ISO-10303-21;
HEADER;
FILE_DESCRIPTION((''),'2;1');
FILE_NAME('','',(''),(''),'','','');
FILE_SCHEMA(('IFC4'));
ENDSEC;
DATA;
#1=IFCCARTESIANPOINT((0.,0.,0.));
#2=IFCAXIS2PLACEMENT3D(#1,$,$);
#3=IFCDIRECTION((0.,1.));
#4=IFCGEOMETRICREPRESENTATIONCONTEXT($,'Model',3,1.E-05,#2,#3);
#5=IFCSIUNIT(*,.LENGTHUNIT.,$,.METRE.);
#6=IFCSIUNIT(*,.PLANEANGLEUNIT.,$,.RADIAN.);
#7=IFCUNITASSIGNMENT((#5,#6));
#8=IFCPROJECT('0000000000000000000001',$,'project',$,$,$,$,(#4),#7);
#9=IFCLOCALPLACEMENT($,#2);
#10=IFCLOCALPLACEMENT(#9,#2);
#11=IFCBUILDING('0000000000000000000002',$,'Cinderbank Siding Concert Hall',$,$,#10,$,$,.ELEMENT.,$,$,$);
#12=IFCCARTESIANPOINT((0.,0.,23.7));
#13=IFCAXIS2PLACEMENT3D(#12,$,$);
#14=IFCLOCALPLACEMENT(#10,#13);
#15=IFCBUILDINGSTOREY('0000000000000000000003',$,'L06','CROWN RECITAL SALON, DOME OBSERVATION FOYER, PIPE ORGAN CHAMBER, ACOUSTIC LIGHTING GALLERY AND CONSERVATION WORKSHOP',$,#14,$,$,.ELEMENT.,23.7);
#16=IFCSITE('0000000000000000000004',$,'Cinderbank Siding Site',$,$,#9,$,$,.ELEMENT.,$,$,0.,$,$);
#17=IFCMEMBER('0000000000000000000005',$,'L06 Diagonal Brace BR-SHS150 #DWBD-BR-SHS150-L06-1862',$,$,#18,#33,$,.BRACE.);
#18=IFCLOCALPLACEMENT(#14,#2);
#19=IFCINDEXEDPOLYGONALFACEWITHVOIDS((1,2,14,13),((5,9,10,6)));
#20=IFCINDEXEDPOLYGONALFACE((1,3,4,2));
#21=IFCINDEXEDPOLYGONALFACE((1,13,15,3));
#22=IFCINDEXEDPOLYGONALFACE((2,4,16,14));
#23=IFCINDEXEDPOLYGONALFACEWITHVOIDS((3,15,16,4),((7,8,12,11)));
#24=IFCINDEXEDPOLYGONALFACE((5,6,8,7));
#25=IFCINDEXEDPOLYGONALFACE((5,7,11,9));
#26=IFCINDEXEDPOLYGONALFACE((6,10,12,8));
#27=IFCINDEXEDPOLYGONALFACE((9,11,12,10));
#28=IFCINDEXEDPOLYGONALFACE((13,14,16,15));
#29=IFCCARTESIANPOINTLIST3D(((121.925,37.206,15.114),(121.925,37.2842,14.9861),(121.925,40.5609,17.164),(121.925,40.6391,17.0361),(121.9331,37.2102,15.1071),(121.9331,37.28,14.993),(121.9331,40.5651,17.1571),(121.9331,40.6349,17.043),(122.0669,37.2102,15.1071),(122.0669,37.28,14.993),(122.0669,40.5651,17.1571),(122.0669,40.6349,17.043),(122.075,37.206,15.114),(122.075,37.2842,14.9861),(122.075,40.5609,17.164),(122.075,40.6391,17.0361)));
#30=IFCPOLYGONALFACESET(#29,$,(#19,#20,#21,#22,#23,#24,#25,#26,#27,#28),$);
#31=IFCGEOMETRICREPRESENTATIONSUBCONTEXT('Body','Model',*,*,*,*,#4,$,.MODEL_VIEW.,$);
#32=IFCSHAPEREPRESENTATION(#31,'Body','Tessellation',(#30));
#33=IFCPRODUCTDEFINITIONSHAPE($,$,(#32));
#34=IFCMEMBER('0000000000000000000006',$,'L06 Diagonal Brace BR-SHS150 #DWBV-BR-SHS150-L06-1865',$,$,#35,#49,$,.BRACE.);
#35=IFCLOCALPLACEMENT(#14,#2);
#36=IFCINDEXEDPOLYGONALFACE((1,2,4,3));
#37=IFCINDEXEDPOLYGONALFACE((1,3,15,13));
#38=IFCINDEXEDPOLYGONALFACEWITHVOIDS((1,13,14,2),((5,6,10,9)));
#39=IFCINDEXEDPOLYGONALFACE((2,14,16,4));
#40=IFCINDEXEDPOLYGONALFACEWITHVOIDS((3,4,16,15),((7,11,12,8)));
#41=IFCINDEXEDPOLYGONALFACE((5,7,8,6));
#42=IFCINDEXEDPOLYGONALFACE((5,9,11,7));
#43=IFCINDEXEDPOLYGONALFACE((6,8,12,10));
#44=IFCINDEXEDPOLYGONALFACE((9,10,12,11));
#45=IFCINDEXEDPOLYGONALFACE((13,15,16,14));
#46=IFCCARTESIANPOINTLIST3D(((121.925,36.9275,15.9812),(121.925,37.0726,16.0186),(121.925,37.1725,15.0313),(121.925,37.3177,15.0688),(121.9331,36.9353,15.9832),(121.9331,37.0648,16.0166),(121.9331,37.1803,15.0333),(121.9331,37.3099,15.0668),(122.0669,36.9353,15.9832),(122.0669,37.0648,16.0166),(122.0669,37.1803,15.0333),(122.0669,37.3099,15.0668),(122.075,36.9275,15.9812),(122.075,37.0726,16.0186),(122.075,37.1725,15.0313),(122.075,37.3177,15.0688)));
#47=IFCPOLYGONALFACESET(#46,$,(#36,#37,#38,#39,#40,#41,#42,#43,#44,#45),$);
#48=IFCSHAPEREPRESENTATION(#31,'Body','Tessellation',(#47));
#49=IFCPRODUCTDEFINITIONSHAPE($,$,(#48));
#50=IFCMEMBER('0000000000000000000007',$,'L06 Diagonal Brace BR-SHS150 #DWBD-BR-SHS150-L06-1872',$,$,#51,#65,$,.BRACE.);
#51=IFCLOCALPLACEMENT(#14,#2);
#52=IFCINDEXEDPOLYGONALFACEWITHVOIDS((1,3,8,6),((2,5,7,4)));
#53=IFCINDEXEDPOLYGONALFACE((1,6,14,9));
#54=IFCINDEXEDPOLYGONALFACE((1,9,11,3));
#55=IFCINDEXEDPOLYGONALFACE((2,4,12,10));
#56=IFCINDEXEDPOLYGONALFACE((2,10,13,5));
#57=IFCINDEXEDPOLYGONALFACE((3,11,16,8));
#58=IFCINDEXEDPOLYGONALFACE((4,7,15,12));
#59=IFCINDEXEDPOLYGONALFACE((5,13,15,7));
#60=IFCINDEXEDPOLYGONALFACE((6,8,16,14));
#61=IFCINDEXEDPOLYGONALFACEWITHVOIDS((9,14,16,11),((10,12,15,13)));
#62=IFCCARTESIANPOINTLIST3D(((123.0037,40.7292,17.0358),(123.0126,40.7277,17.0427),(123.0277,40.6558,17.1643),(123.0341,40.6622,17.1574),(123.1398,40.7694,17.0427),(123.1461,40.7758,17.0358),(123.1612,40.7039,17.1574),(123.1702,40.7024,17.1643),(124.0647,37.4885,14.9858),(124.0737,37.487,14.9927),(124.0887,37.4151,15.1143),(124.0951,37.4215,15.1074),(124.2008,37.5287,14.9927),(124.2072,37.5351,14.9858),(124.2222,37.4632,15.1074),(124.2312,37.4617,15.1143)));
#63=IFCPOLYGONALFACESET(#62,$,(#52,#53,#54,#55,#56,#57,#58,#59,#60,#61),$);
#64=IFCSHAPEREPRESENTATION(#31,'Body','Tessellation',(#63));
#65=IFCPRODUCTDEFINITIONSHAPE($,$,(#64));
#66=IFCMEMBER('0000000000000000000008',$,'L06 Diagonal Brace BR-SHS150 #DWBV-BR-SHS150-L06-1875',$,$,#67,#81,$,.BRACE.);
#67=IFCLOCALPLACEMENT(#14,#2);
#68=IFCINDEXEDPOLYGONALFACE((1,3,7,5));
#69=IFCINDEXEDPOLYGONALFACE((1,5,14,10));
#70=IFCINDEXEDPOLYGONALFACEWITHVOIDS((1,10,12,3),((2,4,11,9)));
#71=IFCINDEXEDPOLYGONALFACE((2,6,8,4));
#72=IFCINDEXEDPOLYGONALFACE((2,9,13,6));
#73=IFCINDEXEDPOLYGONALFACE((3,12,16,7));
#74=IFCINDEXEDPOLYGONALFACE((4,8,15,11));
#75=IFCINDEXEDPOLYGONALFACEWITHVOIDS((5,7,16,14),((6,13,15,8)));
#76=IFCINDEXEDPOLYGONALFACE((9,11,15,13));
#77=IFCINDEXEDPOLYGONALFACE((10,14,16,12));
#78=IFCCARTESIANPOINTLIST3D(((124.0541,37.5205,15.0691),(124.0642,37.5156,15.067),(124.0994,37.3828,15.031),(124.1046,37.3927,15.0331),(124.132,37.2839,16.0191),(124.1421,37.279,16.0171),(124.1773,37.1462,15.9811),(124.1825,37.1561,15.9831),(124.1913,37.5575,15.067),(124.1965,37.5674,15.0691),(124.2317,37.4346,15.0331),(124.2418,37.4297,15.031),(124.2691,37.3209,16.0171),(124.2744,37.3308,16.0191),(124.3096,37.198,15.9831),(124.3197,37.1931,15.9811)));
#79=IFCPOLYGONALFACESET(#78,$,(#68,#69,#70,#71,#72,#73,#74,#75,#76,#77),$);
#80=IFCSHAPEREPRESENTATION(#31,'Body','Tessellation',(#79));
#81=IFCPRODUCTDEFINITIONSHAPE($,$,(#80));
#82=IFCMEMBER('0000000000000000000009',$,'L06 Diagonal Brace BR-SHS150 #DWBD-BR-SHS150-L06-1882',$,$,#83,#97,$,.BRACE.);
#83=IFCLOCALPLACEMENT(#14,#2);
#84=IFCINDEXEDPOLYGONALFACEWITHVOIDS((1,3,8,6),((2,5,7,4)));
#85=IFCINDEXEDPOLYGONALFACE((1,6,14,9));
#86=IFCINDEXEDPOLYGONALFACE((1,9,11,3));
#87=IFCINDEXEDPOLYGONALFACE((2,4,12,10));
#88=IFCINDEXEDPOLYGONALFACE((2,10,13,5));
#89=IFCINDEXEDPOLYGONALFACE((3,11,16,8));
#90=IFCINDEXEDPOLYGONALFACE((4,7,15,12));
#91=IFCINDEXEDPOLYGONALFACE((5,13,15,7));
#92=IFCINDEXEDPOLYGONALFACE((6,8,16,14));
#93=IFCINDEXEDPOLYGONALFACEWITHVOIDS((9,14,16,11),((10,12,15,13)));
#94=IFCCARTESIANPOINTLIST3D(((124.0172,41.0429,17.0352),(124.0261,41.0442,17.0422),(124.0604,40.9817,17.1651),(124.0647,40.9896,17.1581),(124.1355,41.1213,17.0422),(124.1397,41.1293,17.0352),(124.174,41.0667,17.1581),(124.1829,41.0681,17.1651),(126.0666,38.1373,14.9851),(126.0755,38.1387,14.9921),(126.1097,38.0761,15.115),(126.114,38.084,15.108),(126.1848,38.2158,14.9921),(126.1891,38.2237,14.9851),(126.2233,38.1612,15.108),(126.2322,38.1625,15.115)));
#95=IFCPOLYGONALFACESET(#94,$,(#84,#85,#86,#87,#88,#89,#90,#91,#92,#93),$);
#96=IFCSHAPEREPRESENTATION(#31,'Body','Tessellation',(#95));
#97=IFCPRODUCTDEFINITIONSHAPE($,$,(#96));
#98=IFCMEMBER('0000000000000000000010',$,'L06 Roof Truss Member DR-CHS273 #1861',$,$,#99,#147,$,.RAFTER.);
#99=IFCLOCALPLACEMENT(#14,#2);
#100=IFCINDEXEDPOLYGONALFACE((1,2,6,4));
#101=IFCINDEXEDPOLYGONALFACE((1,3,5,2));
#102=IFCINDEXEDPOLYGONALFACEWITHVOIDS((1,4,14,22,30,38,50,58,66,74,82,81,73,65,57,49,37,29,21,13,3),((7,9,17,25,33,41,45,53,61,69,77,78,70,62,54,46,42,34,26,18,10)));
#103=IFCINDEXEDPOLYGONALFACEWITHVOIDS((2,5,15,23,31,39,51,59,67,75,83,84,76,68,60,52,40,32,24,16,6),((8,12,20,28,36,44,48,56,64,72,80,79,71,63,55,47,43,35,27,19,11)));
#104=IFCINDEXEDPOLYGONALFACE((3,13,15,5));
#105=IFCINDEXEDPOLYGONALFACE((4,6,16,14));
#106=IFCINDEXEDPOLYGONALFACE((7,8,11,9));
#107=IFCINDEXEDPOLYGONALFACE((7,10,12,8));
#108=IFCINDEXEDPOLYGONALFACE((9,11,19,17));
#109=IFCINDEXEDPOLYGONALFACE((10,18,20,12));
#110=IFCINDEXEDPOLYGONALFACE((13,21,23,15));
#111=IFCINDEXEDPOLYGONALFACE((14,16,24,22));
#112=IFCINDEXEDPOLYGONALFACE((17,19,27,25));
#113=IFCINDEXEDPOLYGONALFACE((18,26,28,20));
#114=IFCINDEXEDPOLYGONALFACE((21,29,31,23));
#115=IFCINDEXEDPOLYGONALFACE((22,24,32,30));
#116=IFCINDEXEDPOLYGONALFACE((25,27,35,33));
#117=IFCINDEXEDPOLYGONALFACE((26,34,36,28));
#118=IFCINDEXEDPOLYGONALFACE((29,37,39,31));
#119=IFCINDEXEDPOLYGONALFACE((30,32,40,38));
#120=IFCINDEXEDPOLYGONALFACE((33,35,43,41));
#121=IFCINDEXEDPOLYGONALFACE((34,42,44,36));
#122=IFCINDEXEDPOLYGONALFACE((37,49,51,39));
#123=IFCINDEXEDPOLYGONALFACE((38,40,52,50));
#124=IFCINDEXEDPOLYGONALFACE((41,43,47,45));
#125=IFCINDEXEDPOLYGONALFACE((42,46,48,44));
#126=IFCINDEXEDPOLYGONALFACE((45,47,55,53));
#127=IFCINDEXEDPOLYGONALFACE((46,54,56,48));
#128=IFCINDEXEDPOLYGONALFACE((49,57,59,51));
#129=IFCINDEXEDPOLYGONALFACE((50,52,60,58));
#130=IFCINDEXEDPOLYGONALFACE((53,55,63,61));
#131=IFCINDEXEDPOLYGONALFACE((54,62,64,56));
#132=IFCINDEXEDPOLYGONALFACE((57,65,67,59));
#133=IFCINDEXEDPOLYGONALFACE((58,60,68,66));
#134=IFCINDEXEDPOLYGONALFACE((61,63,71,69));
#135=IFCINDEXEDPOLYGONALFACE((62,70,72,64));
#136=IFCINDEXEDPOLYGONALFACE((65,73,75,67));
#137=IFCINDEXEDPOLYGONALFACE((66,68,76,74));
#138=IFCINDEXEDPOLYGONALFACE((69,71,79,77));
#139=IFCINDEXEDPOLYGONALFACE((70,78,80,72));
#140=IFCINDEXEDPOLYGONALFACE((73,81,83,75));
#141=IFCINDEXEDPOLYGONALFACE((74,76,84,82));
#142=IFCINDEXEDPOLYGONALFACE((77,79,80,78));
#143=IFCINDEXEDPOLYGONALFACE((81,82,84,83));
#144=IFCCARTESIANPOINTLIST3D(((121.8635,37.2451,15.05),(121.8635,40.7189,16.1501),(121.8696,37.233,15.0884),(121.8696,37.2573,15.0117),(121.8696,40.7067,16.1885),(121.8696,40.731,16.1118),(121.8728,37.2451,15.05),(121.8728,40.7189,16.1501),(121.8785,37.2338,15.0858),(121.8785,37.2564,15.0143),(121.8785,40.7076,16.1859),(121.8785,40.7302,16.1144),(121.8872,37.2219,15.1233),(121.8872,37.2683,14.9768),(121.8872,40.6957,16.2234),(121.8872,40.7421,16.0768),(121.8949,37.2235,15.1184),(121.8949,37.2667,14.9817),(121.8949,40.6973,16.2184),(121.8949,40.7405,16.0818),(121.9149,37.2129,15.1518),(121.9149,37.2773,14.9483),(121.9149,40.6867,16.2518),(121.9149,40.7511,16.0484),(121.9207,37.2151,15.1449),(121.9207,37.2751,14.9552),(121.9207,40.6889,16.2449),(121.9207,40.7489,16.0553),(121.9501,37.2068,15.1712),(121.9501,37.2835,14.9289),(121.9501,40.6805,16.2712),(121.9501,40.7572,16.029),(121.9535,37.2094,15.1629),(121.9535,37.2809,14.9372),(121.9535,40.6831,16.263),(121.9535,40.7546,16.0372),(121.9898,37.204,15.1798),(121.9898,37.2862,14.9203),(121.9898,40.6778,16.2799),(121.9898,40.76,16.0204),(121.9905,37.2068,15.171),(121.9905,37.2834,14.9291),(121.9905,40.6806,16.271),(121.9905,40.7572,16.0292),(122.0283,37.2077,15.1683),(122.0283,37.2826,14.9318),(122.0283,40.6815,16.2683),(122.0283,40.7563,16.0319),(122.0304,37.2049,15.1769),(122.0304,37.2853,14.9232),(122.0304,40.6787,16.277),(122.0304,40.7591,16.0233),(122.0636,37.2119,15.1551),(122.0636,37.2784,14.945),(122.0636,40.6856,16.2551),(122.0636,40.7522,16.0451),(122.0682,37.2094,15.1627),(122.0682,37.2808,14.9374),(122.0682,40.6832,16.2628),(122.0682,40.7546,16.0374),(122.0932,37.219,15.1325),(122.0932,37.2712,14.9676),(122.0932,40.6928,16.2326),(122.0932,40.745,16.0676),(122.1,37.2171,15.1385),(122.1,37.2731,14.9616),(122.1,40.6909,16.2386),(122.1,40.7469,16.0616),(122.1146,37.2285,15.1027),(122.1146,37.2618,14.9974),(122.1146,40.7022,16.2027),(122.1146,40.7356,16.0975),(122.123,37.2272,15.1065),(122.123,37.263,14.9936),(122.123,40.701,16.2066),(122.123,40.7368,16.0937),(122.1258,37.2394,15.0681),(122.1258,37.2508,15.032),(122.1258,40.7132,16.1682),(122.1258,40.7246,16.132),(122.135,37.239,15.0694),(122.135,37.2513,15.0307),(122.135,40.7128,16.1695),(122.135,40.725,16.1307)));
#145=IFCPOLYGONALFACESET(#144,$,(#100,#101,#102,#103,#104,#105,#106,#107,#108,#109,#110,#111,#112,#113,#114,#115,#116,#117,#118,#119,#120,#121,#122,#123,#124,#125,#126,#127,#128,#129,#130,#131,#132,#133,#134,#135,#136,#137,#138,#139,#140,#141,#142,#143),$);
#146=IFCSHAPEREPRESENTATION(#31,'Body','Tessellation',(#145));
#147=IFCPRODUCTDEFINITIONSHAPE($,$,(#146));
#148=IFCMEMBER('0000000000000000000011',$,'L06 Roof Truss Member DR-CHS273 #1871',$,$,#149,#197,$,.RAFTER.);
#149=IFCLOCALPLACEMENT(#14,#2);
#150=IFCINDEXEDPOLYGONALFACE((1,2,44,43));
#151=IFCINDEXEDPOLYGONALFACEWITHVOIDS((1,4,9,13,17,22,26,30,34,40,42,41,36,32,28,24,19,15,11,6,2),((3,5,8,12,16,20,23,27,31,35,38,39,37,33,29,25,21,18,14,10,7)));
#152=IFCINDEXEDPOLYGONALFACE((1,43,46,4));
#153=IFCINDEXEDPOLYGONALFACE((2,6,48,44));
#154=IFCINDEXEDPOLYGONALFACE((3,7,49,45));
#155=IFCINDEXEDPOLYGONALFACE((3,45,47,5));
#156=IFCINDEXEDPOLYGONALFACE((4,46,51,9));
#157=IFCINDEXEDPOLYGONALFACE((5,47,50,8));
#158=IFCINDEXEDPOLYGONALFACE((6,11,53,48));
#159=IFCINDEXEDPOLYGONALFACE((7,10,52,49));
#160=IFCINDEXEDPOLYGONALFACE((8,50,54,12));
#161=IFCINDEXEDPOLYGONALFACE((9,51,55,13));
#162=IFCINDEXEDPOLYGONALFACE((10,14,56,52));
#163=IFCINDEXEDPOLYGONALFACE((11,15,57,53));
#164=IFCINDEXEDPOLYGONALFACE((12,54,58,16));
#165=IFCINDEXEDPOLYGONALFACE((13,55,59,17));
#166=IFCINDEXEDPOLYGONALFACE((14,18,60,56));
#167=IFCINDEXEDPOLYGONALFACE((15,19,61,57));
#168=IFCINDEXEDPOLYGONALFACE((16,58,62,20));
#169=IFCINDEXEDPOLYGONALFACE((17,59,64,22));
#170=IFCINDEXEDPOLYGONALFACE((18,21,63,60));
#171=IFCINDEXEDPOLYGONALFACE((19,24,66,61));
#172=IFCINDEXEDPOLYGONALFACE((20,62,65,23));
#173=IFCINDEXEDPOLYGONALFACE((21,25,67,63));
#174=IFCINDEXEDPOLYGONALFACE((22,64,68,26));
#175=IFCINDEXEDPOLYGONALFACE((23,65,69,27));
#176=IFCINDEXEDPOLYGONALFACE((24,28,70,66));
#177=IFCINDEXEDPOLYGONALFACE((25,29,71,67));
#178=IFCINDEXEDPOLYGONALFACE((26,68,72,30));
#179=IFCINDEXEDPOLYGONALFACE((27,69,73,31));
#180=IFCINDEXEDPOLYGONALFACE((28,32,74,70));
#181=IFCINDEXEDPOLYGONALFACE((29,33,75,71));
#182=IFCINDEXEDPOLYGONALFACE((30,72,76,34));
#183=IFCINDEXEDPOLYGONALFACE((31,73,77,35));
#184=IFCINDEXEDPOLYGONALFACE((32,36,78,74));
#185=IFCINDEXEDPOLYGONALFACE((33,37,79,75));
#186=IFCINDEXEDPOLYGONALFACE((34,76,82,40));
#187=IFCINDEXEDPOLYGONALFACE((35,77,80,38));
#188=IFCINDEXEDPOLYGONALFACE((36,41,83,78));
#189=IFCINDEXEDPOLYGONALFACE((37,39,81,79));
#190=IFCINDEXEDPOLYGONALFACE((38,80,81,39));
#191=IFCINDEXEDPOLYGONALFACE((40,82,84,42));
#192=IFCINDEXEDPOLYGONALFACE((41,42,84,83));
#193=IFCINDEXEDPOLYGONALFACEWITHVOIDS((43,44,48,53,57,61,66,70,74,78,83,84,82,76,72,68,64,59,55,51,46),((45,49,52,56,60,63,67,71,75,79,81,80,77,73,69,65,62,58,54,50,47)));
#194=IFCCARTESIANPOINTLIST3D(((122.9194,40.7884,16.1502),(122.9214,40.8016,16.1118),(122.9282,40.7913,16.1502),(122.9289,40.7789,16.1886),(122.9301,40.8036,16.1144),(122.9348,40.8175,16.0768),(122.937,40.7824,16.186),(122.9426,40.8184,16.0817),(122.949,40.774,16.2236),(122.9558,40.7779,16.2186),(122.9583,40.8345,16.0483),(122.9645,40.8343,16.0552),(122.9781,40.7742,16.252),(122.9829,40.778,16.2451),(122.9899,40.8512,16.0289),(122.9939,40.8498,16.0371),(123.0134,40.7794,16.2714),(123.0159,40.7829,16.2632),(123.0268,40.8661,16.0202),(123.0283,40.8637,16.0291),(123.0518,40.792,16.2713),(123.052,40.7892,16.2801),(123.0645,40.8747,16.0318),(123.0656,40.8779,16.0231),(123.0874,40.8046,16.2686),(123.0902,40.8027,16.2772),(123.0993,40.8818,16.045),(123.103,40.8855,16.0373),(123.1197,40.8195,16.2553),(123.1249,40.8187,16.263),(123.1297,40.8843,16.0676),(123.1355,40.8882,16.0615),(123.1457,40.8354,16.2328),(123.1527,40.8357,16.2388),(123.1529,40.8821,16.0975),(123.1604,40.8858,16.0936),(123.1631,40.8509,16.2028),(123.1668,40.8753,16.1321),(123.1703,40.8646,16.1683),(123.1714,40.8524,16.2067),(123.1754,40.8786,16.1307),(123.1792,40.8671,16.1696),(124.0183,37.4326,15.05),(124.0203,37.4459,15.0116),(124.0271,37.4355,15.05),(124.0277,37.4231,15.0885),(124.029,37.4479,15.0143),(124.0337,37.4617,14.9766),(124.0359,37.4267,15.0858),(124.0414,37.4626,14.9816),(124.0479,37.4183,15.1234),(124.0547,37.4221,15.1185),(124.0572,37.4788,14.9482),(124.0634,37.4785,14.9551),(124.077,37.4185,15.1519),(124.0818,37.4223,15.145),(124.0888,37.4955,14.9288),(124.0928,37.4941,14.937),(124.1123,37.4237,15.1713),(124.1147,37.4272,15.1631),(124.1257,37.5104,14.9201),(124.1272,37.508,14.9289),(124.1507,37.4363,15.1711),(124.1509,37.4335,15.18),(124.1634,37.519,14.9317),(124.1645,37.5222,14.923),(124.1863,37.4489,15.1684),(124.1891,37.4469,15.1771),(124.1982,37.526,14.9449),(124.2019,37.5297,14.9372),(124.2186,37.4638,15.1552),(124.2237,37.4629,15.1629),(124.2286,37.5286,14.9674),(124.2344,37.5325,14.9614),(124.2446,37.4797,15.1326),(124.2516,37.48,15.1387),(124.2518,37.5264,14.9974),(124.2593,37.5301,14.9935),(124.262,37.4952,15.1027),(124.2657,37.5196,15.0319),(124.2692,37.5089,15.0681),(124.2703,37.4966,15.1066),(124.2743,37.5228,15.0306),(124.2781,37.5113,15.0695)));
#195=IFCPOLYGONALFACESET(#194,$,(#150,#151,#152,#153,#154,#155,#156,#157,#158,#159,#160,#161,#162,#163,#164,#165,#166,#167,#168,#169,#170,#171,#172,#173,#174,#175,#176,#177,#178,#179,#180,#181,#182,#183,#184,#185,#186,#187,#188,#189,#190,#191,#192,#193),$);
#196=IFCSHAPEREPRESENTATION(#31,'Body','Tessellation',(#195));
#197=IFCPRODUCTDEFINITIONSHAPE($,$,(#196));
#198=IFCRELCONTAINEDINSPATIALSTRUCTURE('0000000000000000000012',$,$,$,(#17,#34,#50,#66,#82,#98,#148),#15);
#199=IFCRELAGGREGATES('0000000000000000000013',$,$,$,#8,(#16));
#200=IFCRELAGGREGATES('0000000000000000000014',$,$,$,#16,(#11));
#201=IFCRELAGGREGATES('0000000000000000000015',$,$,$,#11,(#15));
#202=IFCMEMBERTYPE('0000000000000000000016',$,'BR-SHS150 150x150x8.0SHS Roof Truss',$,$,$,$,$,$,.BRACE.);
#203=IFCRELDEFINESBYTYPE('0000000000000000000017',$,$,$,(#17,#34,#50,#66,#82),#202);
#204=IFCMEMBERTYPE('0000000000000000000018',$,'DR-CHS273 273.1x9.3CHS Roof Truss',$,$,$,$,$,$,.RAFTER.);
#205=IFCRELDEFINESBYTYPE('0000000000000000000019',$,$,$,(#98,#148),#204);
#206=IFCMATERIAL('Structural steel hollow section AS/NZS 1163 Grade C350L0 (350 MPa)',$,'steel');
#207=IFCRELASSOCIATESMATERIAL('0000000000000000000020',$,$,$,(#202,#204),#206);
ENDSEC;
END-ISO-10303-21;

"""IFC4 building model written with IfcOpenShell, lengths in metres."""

from ifc_helpers import new_model, si_unit, direction, frame, origin, origin_2d, place, context, subcontext, project, spatial, hollow_rectangle, hollow_circle, extrude, material, material_profile, profile_set, type_object, element, save


model = new_model("IFC4")

# Units and contexts
model_context = context("Model", 3, precision=1e-05, world=origin(), true_north=direction((0.0, 1.0)))
body_context = subcontext(model_context, "Body", "Model", "MODEL_VIEW")
ifc_project = project(units=[si_unit("LENGTHUNIT", "METRE"), si_unit("PLANEANGLEUNIT", "RADIAN")], contexts=[model_context])

# Site, building, storey
site_placement = place(None, origin())
site = spatial("IfcSite", under=ifc_project, at=site_placement, Name="Cinderbank Siding Site", CompositionType="ELEMENT", RefElevation=0.0)
building_placement = place(site_placement, origin())
building = spatial("IfcBuilding", under=site, at=building_placement, Name="Cinderbank Siding Concert Hall", CompositionType="ELEMENT")
storey_placement = place(building_placement, frame((0.0, 0.0, 23.7)))
storey = spatial("IfcBuildingStorey", under=building, at=storey_placement, Name="L06", Description="CROWN RECITAL SALON, DOME OBSERVATION FOYER, PIPE ORGAN CHAMBER, ACOUSTIC LIGHTING GALLERY AND CONSERVATION WORKSHOP", CompositionType="ELEMENT", Elevation=23.7)

# Members
ifc_material_1 = material(Name="Structural steel hollow section AS/NZS 1163 Grade C350L0 (350 MPa)", Category="steel")
ifc_material_profile_1 = material_profile(ifc_material_1, hollow_rectangle(XDim=0.1499, YDim=0.1499, WallThickness=0.0081, at=origin_2d()), Name="150x150x8.0SHS", Category="LoadBearing")
ifc_profile_set_1 = profile_set([ifc_material_profile_1], Name="Structural steel hollow section AS/NZS 1163 Grade C350L0 (350 MPa)")
member_type_1 = type_object("IfcMemberType", Name="BR-SHS150 150x150x8.0SHS Roof Truss", PredefinedType="BRACE", material=ifc_profile_set_1)
member_1_placement = place(storey_placement, frame((122.0, 37.2451, 15.05), z_axis=(0.0, 0.853306, 0.52141), x_axis=(-1.0, 0.0, 0.0)))
element("IfcMember", 1, at=member_1_placement, inside=storey, type_object=member_type_1, Name="L06 Diagonal Brace BR-SHS150 #DWBD-BR-SHS150-L06-1862", PredefinedType="BRACE", context=body_context, shape_type="SweptSolid", body=[
    extrude(hollow_rectangle(XDim=0.1499, YDim=0.1499, WallThickness=0.0081, at=origin_2d()), origin(), (0.0, 0.0, 1.0), 3.9316),
])
member_2_placement = place(storey_placement, frame((122.0, 37.2451, 15.05), z_axis=(0.0, -0.249848, 0.968285), x_axis=(1.0, 0.0, 0.0)))
element("IfcMember", 2, at=member_2_placement, inside=storey, type_object=member_type_1, Name="L06 Diagonal Brace BR-SHS150 #DWBV-BR-SHS150-L06-1865", PredefinedType="BRACE", context=body_context, shape_type="SweptSolid", body=[
    extrude(hollow_rectangle(XDim=0.1499, YDim=0.1499, WallThickness=0.0081, at=origin_2d()), origin(), (0.0, 0.0, 1.0), 0.981),
])
member_3_placement = place(storey_placement, frame((124.1479, 37.4751, 15.05), z_axis=(-0.266673, 0.814499, 0.515244), x_axis=(-0.950359, -0.311154, 0.0)))
element("IfcMember", 3, at=member_3_placement, inside=storey, type_object=member_type_1, Name="L06 Diagonal Brace BR-SHS150 #DWBD-BR-SHS150-L06-1872", PredefinedType="BRACE", context=body_context, shape_type="SweptSolid", body=[
    extrude(hollow_rectangle(XDim=0.1499, YDim=0.1499, WallThickness=0.0081, at=origin_2d()), origin(), (0.0, 0.0, 1.0), 3.9788),
])
member_4_placement = place(storey_placement, frame((124.1479, 37.4751, 15.05), z_axis=(0.079304, -0.240894, 0.967306), x_axis=(0.949853, 0.312697, 0.0)))
element("IfcMember", 4, at=member_4_placement, inside=storey, type_object=member_type_1, Name="L06 Diagonal Brace BR-SHS150 #DWBV-BR-SHS150-L06-1875", PredefinedType="BRACE", context=body_context, shape_type="SweptSolid", body=[
    extrude(hollow_rectangle(XDim=0.1499, YDim=0.1499, WallThickness=0.0081, at=origin_2d()), origin(), (0.0, 0.0, 1.0), 0.9822),
])
member_5_placement = place(storey_placement, frame((126.1494, 38.1499, 15.05), z_axis=(-0.499322, 0.707938, 0.499501), x_axis=(-0.817185, -0.576376, 0.0)))
element("IfcMember", 5, at=member_5_placement, inside=storey, type_object=member_type_1, Name="L06 Diagonal Brace BR-SHS150 #DWBD-BR-SHS150-L06-1882", PredefinedType="BRACE", context=body_context, shape_type="SweptSolid", body=[
    extrude(hollow_rectangle(XDim=0.1499, YDim=0.1499, WallThickness=0.0081, at=origin_2d()), origin(), (0.0, 0.0, 1.0), 4.1042),
])
ifc_material_profile_2 = material_profile(ifc_material_1, hollow_circle(Radius=0.1365, WallThickness=0.0093, at=origin_2d()), Name="273.1x9.3CHS", Category="LoadBearing")
ifc_profile_set_2 = profile_set([ifc_material_profile_2], Name="Structural steel hollow section AS/NZS 1163 Grade C350L0 (350 MPa)")
member_type_2 = type_object("IfcMemberType", Name="DR-CHS273 273.1x9.3CHS Roof Truss", PredefinedType="RAFTER", material=ifc_profile_set_2)
member_6_placement = place(storey_placement, frame((122.0, 37.2451, 15.05), z_axis=(0.0, 0.953339, 0.301901), x_axis=(-1.0, 0.0, 0.0)))
element("IfcMember", 6, at=member_6_placement, inside=storey, type_object=member_type_2, Name="L06 Roof Truss Member DR-CHS273 #1861", PredefinedType="RAFTER", context=body_context, shape_type="SweptSolid", body=[
    extrude(hollow_circle(Radius=0.1365, WallThickness=0.0093, at=origin_2d()), origin(), (0.0, 0.0, 1.0), 3.6438),
])
member_7_placement = place(storey_placement, frame((124.1479, 37.4751, 15.05), z_axis=(-0.297118, 0.907329, 0.297448), x_axis=(-0.950343, -0.311204, 0.0)))
element("IfcMember", 7, at=member_7_placement, inside=storey, type_object=member_type_2, Name="L06 Roof Truss Member DR-CHS273 #1871", PredefinedType="RAFTER", context=body_context, shape_type="SweptSolid", body=[
    extrude(hollow_circle(Radius=0.1365, WallThickness=0.0093, at=origin_2d()), origin(), (0.0, 0.0, 1.0), 3.6985),
])

save(model, "model.ifc")
